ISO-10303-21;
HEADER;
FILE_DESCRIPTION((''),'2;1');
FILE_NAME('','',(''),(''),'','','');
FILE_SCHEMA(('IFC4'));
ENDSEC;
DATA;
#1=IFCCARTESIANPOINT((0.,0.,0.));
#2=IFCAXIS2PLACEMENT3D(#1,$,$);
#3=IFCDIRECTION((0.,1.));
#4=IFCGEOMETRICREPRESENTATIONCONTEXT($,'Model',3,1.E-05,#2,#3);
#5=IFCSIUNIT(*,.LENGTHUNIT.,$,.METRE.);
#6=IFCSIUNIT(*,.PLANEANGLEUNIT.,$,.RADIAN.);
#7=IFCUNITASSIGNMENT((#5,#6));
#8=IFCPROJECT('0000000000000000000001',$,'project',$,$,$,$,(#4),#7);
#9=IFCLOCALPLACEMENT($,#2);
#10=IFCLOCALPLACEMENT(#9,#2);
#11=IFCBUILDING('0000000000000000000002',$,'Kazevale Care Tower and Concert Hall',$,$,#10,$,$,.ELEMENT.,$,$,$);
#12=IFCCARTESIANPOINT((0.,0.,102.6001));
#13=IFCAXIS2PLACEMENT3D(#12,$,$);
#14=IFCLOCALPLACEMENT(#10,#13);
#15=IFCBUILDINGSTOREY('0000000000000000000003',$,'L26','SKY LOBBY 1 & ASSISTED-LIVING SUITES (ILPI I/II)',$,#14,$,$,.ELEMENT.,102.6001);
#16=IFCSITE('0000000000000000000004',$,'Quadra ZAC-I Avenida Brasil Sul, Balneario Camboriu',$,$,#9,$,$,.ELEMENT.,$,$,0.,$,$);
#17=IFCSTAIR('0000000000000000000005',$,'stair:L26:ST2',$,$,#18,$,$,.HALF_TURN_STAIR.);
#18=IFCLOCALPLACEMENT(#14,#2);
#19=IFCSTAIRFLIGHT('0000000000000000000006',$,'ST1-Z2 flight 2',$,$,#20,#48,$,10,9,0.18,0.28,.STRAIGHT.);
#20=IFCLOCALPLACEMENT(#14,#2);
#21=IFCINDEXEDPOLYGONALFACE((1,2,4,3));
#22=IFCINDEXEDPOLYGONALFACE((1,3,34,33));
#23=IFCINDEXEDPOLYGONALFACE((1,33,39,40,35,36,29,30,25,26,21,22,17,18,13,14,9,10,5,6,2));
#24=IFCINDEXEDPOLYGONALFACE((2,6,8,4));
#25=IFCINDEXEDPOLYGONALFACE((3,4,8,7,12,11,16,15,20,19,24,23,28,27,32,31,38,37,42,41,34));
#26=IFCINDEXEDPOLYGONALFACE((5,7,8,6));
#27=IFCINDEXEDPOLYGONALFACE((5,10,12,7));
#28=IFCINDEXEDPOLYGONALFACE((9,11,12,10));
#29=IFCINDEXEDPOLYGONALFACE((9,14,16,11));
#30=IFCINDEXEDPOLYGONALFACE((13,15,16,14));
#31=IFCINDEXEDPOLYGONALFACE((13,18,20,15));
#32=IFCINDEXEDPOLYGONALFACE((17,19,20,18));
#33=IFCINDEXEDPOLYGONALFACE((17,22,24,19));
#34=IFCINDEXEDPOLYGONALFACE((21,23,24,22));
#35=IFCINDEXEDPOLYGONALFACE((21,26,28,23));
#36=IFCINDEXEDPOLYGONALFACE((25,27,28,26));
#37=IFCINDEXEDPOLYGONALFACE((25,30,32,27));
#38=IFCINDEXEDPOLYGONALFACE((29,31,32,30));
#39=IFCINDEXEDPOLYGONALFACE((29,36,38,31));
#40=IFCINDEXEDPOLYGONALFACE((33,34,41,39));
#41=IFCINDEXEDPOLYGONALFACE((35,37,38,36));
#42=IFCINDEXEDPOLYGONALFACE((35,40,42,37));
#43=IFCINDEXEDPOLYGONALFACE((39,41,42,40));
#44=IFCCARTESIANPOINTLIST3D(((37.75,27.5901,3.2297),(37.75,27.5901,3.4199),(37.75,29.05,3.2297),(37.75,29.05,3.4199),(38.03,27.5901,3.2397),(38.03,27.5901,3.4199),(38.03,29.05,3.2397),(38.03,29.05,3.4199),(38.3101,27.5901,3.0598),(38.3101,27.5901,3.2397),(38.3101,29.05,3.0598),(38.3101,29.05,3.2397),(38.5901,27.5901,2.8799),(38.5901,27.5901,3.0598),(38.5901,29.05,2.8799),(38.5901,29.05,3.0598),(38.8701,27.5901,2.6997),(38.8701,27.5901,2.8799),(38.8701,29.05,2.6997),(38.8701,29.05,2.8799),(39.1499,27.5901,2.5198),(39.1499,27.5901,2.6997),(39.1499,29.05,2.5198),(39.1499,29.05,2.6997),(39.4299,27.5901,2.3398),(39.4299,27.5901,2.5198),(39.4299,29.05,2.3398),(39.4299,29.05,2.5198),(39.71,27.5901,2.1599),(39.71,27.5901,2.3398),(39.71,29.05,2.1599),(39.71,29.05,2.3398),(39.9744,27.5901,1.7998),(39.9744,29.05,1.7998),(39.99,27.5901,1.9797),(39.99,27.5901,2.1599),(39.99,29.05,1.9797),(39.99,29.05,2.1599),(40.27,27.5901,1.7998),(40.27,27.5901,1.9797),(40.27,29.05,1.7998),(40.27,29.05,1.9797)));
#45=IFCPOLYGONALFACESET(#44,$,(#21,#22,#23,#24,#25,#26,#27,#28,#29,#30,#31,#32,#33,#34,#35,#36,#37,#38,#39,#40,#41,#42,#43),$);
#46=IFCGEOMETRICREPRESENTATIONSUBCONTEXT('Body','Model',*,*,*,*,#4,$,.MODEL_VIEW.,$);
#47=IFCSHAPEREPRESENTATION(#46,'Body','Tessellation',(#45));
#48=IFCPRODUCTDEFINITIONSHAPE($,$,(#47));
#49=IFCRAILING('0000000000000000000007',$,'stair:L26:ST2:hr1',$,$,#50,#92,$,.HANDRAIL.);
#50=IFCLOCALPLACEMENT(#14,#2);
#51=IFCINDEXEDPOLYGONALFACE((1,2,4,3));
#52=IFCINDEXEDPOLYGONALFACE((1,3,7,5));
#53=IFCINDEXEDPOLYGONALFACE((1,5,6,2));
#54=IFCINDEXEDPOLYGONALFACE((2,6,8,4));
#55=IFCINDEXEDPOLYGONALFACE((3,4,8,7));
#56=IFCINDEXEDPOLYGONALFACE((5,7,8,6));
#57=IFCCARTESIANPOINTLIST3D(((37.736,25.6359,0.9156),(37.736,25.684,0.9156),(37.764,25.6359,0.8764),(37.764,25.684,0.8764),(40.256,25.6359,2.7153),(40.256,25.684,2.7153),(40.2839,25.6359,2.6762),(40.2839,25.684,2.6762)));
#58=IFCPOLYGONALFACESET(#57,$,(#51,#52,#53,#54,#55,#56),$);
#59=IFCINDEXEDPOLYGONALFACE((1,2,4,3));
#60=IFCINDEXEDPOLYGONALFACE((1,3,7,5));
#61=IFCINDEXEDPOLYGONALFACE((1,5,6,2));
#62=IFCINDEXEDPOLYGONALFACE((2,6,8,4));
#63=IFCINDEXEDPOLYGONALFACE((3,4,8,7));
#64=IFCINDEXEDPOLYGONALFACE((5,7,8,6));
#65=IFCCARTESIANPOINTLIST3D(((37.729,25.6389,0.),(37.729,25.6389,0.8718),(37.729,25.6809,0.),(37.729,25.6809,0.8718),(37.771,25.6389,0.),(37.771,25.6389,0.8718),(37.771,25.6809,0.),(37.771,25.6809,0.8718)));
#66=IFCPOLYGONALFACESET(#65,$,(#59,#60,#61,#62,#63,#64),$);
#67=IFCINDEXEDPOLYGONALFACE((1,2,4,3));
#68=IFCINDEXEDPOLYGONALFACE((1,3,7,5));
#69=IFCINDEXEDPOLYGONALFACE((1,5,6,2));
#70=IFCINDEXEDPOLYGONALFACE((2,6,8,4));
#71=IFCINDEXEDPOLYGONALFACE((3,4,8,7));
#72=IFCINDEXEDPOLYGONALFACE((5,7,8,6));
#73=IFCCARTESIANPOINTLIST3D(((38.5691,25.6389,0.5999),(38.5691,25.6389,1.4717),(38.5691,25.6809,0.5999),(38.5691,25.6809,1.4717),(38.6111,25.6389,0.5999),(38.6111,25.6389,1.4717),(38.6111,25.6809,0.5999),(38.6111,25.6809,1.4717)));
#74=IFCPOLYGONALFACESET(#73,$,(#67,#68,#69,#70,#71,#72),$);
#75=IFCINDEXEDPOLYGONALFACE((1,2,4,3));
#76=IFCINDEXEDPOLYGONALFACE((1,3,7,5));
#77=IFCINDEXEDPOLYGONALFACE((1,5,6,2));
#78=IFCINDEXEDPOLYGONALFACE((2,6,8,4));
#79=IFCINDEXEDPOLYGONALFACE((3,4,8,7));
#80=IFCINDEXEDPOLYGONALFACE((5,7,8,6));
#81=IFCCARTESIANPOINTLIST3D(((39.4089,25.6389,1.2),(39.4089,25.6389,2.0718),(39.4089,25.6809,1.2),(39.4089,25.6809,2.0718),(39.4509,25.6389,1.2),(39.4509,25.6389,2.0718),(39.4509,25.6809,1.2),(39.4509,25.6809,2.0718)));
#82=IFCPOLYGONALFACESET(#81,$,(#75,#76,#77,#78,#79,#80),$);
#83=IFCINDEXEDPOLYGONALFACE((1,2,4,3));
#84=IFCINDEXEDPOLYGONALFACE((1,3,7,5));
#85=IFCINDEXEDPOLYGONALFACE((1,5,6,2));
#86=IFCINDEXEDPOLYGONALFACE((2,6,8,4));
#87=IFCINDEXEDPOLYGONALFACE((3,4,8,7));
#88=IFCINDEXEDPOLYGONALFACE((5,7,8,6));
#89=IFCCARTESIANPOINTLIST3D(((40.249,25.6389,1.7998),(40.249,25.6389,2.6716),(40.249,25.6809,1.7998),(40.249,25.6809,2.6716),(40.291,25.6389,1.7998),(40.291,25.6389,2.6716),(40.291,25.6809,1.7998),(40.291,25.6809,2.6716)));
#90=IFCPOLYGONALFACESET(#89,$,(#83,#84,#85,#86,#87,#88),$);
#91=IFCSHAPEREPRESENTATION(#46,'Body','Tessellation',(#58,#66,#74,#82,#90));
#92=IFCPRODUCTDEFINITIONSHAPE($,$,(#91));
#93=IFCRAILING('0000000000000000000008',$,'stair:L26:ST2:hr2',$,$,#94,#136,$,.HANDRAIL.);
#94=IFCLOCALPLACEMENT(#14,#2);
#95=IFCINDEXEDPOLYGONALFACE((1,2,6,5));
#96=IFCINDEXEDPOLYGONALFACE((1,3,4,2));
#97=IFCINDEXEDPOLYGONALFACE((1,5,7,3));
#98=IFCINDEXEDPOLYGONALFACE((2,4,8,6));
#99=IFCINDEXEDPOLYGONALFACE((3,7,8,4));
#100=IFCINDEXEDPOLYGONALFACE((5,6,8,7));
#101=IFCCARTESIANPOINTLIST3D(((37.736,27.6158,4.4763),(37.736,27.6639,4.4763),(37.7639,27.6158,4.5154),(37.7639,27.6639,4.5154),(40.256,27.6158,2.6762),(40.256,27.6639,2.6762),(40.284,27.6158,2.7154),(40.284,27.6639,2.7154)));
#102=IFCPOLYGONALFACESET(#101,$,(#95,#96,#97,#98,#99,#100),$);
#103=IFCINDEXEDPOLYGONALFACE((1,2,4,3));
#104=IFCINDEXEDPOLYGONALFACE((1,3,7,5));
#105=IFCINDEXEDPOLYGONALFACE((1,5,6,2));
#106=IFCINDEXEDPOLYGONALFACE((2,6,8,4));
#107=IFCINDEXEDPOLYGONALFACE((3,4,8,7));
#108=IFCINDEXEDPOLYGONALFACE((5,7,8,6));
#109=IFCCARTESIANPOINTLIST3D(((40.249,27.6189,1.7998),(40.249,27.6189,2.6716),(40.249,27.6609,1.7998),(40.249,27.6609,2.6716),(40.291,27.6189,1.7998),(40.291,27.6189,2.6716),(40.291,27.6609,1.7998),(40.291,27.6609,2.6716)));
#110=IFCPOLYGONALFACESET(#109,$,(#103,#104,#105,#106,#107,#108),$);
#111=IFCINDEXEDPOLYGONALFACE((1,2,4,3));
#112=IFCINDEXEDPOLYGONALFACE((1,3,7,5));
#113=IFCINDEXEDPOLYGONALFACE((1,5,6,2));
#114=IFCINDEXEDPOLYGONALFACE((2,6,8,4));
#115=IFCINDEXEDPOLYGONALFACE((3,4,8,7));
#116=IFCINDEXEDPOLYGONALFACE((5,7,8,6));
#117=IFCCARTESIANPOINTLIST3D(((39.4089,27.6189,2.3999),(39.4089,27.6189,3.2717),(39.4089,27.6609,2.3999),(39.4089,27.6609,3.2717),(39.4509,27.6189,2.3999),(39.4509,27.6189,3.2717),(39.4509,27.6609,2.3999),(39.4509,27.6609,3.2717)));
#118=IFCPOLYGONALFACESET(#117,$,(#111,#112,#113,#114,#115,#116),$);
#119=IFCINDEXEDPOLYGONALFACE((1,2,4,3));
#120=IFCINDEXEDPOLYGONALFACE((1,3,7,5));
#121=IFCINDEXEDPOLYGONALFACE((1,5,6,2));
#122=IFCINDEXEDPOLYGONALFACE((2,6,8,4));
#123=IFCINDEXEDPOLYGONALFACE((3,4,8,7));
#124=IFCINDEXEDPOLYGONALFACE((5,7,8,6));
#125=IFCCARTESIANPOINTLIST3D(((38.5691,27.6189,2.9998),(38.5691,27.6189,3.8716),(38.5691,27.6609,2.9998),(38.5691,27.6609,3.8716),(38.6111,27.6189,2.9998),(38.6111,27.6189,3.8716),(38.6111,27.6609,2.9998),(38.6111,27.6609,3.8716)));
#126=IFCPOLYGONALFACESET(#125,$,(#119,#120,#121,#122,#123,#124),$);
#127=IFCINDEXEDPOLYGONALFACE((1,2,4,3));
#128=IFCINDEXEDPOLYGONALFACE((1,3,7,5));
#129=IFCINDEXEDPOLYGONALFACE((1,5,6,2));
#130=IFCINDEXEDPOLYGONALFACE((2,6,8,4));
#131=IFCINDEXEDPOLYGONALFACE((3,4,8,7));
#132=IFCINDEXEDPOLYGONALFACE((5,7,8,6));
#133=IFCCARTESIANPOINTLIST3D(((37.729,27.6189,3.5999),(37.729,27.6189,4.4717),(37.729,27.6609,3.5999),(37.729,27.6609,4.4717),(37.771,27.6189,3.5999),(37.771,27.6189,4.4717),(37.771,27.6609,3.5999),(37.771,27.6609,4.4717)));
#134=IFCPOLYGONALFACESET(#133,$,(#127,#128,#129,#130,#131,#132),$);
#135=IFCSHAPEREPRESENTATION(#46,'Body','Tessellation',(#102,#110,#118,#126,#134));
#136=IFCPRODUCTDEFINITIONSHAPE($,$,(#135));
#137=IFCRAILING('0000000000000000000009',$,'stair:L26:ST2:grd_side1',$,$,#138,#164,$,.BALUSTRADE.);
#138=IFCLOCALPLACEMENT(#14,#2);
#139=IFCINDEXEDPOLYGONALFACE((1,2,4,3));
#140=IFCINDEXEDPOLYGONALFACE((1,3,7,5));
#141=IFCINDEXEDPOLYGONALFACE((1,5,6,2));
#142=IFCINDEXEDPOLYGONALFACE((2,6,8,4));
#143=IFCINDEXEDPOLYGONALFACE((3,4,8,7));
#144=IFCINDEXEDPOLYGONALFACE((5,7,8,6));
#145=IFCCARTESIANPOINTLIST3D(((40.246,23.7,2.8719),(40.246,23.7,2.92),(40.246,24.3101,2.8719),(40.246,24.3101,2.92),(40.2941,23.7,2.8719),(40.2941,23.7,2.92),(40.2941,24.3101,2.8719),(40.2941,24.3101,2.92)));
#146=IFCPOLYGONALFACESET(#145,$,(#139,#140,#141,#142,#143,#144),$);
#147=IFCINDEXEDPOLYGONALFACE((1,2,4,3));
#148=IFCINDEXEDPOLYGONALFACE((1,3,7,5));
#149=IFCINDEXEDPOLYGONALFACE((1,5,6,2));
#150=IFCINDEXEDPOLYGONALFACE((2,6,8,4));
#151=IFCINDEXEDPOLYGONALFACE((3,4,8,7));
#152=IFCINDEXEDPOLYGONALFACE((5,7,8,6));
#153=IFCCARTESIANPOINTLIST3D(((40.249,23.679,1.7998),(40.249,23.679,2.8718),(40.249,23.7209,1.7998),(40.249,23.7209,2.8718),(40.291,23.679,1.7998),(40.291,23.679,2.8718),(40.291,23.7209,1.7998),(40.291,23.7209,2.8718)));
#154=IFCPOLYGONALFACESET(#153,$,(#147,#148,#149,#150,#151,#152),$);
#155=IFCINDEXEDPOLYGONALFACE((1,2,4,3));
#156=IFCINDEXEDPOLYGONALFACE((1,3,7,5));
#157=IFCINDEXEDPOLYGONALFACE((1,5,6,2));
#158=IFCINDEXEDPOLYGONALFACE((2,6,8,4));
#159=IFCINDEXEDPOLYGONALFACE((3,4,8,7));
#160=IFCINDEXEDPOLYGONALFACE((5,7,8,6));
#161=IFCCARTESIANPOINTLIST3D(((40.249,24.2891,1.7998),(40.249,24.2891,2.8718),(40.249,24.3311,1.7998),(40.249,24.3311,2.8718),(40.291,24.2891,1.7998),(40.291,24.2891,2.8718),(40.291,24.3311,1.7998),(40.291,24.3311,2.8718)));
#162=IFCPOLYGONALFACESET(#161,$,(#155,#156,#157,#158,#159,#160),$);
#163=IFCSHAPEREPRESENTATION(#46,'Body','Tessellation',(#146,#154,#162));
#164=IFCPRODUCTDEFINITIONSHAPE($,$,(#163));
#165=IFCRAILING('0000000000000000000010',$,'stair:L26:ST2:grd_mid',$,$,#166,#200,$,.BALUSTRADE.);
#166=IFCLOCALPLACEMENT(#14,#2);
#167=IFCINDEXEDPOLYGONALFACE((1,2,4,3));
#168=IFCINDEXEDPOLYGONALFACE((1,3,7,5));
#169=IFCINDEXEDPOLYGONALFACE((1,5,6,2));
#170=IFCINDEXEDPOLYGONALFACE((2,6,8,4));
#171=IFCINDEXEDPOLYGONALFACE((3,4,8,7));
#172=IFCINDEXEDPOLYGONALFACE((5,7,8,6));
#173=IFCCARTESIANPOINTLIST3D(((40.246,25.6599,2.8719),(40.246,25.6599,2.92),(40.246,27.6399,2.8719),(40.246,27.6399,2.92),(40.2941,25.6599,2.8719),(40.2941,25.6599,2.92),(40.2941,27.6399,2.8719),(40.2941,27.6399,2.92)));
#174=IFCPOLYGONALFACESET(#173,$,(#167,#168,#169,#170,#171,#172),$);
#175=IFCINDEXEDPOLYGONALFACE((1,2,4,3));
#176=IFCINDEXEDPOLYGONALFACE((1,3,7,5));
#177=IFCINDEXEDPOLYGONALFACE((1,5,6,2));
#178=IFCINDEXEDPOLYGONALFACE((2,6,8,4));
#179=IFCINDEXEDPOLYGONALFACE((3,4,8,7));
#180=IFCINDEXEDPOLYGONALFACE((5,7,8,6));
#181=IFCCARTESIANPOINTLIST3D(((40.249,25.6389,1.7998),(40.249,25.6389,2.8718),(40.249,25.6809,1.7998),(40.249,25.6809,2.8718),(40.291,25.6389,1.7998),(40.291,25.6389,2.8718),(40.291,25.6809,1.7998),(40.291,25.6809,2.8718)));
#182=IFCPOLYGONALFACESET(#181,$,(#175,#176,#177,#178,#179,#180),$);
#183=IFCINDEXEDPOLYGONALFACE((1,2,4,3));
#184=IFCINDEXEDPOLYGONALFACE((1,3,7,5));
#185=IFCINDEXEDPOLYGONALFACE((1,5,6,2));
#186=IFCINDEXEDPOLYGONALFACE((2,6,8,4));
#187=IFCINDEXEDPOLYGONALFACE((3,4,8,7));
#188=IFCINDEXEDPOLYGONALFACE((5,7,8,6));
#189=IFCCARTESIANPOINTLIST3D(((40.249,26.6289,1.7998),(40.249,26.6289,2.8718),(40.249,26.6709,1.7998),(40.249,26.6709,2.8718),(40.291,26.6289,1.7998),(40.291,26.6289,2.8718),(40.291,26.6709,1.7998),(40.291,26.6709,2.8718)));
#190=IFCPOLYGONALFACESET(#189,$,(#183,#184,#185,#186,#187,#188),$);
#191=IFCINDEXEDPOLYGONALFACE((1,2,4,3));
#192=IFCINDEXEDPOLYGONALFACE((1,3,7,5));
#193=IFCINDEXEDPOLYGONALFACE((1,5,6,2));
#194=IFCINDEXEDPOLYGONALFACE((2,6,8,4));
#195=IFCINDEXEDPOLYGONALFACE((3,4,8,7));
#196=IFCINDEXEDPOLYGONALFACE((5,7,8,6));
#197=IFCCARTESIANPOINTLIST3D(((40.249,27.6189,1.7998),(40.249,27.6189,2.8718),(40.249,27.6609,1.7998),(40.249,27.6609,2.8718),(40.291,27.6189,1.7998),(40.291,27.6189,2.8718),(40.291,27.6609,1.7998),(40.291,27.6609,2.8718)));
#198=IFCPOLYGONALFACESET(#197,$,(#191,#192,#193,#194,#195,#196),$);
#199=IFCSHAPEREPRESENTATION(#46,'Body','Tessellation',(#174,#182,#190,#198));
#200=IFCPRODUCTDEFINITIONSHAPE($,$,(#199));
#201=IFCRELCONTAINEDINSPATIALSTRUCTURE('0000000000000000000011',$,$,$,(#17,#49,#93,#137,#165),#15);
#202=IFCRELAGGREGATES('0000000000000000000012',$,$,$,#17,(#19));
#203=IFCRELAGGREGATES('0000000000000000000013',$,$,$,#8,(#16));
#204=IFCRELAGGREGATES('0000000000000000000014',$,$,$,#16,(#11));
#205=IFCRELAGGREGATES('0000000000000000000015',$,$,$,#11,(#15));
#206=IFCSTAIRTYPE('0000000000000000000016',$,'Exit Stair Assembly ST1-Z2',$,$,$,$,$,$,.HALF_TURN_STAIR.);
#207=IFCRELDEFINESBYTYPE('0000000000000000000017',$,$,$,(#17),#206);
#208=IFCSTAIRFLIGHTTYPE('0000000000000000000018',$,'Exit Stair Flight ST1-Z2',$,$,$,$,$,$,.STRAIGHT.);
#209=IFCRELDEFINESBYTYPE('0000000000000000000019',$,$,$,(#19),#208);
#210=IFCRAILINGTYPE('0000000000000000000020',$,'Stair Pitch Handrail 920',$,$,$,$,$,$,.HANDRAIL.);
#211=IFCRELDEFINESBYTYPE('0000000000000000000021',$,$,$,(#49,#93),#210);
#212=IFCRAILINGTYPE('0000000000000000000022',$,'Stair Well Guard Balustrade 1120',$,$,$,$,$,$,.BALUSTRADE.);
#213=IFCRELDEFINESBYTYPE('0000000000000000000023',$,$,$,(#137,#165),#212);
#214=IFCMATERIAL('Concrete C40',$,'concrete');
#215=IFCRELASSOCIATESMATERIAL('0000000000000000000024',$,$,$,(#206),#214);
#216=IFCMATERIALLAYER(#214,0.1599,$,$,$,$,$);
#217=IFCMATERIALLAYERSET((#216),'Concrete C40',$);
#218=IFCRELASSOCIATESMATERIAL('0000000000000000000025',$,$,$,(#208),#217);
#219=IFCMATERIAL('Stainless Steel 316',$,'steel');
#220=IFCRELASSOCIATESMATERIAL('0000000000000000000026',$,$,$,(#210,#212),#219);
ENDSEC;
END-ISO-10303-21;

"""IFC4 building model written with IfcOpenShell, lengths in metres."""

from ifc_helpers import new_model, si_unit, direction, frame, origin, origin_2d, place, context, subcontext, project, spatial, polyline, rectangle, outline, extrude, material, layer, layer_set, type_object, element, aggregate, save


model = new_model("IFC4")

# Units and contexts
model_context = context("Model", 3, precision=1e-05, world=origin(), true_north=direction((0.0, 1.0)))
body_context = subcontext(model_context, "Body", "Model", "MODEL_VIEW")
ifc_project = project(units=[si_unit("LENGTHUNIT", "METRE"), si_unit("PLANEANGLEUNIT", "RADIAN")], contexts=[model_context])

# Site, building, storey
site_placement = place(None, origin())
site = spatial("IfcSite", under=ifc_project, at=site_placement, Name="Quadra ZAC-I Avenida Brasil Sul, Balneario Camboriu", CompositionType="ELEMENT", RefElevation=0.0)
building_placement = place(site_placement, origin())
building = spatial("IfcBuilding", under=site, at=building_placement, Name="Kazevale Care Tower and Concert Hall", CompositionType="ELEMENT")
storey_placement = place(building_placement, frame((0.0, 0.0, 102.6001)))
storey = spatial("IfcBuildingStorey", under=building, at=storey_placement, Name="L26", Description="SKY LOBBY 1 & ASSISTED-LIVING SUITES (ILPI I/II)", CompositionType="ELEMENT", Elevation=102.6001)

# Shared definitions
ifc_material_1 = material(Name="Concrete C40", Category="concrete")

# Stair, stair flight
stair_type = type_object("IfcStairType", Name="Exit Stair Assembly ST1-Z2", PredefinedType="HALF_TURN_STAIR", material=ifc_material_1)
stair_placement = place(storey_placement, origin())
stair = element("IfcStair", 1, at=stair_placement, inside=storey, type_object=stair_type, Name="stair:L26:ST2", PredefinedType="HALF_TURN_STAIR")
ifc_layer_1 = layer(ifc_material_1, 0.1599)
ifc_layer_set_1 = layer_set([ifc_layer_1], Name="Concrete C40")
stair_flight_type = type_object("IfcStairFlightType", Name="Exit Stair Flight ST1-Z2", PredefinedType="STRAIGHT", material=ifc_layer_set_1)
stair_flight_1_placement = place(storey_placement, frame((40.27, 28.3201, 1.7998), z_axis=(0.0, 0.0, 1.0), x_axis=(-1.0, 0.0, 0.0)))
stair_flight_1 = element("IfcStairFlight", 2, at=stair_flight_1_placement, type_object=stair_flight_type, Name="ST1-Z2 flight 2", NumberOfRisers=10, NumberOfTreads=9, PredefinedType="STRAIGHT", RiserHeight=0.18, TreadLength=0.28, context=body_context, shape_type="SweptSolid", body=[
    extrude(outline(polyline([(0.0, 0.0), (0.0, 0.1799), (0.28, 0.1799), (0.28, 0.3601), (0.5601, 0.3601), (0.5601, 0.54), (0.8401, 0.54), (0.8401, 0.72), (1.1201, 0.72), (1.1201, 0.8999), (1.3999, 0.8999), (1.3999, 1.0801), (1.6799, 1.0801), (1.6799, 1.26), (1.96, 1.26), (1.96, 1.4399), (2.24, 1.4399), (2.24, 1.6201), (2.52, 1.6201), (2.52, 1.8), (2.52, 1.4299), (0.2957, 0.0), (0.0, 0.0)])), frame((0.0, 0.73, 0.0), z_axis=(0.0, -1.0, 0.0), x_axis=(1.0, 0.0, 0.0)), (0.0, 0.0, 1.0), 1.46),
])
aggregate(stair, [stair_flight_1])

# Railings
ifc_material_2 = material(Name="Stainless Steel 316", Category="steel")
railing_type_1 = type_object("IfcRailingType", Name="Stair Pitch Handrail 920", PredefinedType="HANDRAIL", material=ifc_material_2)
railing_1_placement = place(storey_placement, frame((37.75, 25.6599, 0.0)))
element("IfcRailing", 3, at=railing_1_placement, inside=storey, type_object=railing_type_1, Name="stair:L26:ST2:hr1", PredefinedType="HANDRAIL", context=body_context, shape_type="SweptSolid", body=[
    extrude(rectangle(XDim=0.0481, YDim=0.0481, at=origin_2d()), frame((0.0, 0.0, 0.896), z_axis=(0.813765, 0.0, 0.581193), x_axis=(0.0, 1.0, 0.0)), (0.0, 0.0, 1.0), 3.0967),
    extrude(rectangle(XDim=0.042, YDim=0.042, at=origin_2d()), origin(), (0.0, 0.0, 1.0), 0.8718),
    extrude(rectangle(XDim=0.042, YDim=0.042, at=origin_2d()), frame((0.8401, 0.0, 0.5999)), (0.0, 0.0, 1.0), 0.8718),
    extrude(rectangle(XDim=0.042, YDim=0.042, at=origin_2d()), frame((1.6799, 0.0, 1.2)), (0.0, 0.0, 1.0), 0.8718),
    extrude(rectangle(XDim=0.042, YDim=0.042, at=origin_2d()), frame((2.52, 0.0, 1.7998)), (0.0, 0.0, 1.0), 0.8718),
])
railing_2_placement = place(storey_placement, frame((40.27, 27.6399, 1.7998)))
element("IfcRailing", 4, at=railing_2_placement, inside=storey, type_object=railing_type_1, Name="stair:L26:ST2:hr2", PredefinedType="HANDRAIL", context=body_context, shape_type="SweptSolid", body=[
    extrude(rectangle(XDim=0.0481, YDim=0.0481, at=origin_2d()), frame((0.0, 0.0, 0.896), z_axis=(-0.813728, 0.0, 0.581246), x_axis=(0.0, -1.0, 0.0)), (0.0, 0.0, 1.0), 3.0969),
    extrude(rectangle(XDim=0.042, YDim=0.042, at=origin_2d()), origin(), (0.0, 0.0, 1.0), 0.8718),
    extrude(rectangle(XDim=0.042, YDim=0.042, at=origin_2d()), frame((-0.8401, 0.0, 0.6001)), (0.0, 0.0, 1.0), 0.8718),
    extrude(rectangle(XDim=0.042, YDim=0.042, at=origin_2d()), frame((-1.6799, 0.0, 1.2)), (0.0, 0.0, 1.0), 0.8718),
    extrude(rectangle(XDim=0.042, YDim=0.042, at=origin_2d()), frame((-2.52, 0.0, 1.8)), (0.0, 0.0, 1.0), 0.8718),
])
railing_type_2 = type_object("IfcRailingType", Name="Stair Well Guard Balustrade 1120", PredefinedType="BALUSTRADE", material=ifc_material_2)
railing_3_placement = place(storey_placement, frame((40.27, 23.7, 1.7998)))
element("IfcRailing", 5, at=railing_3_placement, inside=storey, type_object=railing_type_2, Name="stair:L26:ST2:grd_side1", PredefinedType="BALUSTRADE", context=body_context, shape_type="SweptSolid", body=[
    extrude(rectangle(XDim=0.0481, YDim=0.0481, at=origin_2d()), frame((0.0, 0.0, 1.0962), z_axis=(0.0, 1.0, 0.0), x_axis=(-1.0, 0.0, 0.0)), (0.0, 0.0, 1.0), 0.6101),
    extrude(rectangle(XDim=0.042, YDim=0.042, at=origin_2d()), origin(), (0.0, 0.0, 1.0), 1.072),
    extrude(rectangle(XDim=0.042, YDim=0.042, at=origin_2d()), frame((0.0, 0.6101, 0.0)), (0.0, 0.0, 1.0), 1.072),
])
for number, where, name in (
    (6, (40.27, 25.6599, 1.7998), "stair:L26:ST2:grd_mid"),
):
    element("IfcRailing", number, at=place(storey_placement, frame(where)), inside=storey, type_object=railing_type_2, Name=name, PredefinedType="BALUSTRADE", context=body_context, shape_type="SweptSolid", body=[
        extrude(rectangle(XDim=0.0481, YDim=0.0481, at=origin_2d()), frame((0.0, 0.0, 1.0962), z_axis=(0.0, 1.0, 0.0), x_axis=(-1.0, 0.0, 0.0)), (0.0, 0.0, 1.0), 1.98),
        extrude(rectangle(XDim=0.042, YDim=0.042, at=origin_2d()), origin(), (0.0, 0.0, 1.0), 1.072),
        extrude(rectangle(XDim=0.042, YDim=0.042, at=origin_2d()), frame((0.0, 0.99, 0.0)), (0.0, 0.0, 1.0), 1.072),
        extrude(rectangle(XDim=0.042, YDim=0.042, at=origin_2d()), frame((0.0, 1.98, 0.0)), (0.0, 0.0, 1.0), 1.072),
    ])

save(model, "model.ifc")
